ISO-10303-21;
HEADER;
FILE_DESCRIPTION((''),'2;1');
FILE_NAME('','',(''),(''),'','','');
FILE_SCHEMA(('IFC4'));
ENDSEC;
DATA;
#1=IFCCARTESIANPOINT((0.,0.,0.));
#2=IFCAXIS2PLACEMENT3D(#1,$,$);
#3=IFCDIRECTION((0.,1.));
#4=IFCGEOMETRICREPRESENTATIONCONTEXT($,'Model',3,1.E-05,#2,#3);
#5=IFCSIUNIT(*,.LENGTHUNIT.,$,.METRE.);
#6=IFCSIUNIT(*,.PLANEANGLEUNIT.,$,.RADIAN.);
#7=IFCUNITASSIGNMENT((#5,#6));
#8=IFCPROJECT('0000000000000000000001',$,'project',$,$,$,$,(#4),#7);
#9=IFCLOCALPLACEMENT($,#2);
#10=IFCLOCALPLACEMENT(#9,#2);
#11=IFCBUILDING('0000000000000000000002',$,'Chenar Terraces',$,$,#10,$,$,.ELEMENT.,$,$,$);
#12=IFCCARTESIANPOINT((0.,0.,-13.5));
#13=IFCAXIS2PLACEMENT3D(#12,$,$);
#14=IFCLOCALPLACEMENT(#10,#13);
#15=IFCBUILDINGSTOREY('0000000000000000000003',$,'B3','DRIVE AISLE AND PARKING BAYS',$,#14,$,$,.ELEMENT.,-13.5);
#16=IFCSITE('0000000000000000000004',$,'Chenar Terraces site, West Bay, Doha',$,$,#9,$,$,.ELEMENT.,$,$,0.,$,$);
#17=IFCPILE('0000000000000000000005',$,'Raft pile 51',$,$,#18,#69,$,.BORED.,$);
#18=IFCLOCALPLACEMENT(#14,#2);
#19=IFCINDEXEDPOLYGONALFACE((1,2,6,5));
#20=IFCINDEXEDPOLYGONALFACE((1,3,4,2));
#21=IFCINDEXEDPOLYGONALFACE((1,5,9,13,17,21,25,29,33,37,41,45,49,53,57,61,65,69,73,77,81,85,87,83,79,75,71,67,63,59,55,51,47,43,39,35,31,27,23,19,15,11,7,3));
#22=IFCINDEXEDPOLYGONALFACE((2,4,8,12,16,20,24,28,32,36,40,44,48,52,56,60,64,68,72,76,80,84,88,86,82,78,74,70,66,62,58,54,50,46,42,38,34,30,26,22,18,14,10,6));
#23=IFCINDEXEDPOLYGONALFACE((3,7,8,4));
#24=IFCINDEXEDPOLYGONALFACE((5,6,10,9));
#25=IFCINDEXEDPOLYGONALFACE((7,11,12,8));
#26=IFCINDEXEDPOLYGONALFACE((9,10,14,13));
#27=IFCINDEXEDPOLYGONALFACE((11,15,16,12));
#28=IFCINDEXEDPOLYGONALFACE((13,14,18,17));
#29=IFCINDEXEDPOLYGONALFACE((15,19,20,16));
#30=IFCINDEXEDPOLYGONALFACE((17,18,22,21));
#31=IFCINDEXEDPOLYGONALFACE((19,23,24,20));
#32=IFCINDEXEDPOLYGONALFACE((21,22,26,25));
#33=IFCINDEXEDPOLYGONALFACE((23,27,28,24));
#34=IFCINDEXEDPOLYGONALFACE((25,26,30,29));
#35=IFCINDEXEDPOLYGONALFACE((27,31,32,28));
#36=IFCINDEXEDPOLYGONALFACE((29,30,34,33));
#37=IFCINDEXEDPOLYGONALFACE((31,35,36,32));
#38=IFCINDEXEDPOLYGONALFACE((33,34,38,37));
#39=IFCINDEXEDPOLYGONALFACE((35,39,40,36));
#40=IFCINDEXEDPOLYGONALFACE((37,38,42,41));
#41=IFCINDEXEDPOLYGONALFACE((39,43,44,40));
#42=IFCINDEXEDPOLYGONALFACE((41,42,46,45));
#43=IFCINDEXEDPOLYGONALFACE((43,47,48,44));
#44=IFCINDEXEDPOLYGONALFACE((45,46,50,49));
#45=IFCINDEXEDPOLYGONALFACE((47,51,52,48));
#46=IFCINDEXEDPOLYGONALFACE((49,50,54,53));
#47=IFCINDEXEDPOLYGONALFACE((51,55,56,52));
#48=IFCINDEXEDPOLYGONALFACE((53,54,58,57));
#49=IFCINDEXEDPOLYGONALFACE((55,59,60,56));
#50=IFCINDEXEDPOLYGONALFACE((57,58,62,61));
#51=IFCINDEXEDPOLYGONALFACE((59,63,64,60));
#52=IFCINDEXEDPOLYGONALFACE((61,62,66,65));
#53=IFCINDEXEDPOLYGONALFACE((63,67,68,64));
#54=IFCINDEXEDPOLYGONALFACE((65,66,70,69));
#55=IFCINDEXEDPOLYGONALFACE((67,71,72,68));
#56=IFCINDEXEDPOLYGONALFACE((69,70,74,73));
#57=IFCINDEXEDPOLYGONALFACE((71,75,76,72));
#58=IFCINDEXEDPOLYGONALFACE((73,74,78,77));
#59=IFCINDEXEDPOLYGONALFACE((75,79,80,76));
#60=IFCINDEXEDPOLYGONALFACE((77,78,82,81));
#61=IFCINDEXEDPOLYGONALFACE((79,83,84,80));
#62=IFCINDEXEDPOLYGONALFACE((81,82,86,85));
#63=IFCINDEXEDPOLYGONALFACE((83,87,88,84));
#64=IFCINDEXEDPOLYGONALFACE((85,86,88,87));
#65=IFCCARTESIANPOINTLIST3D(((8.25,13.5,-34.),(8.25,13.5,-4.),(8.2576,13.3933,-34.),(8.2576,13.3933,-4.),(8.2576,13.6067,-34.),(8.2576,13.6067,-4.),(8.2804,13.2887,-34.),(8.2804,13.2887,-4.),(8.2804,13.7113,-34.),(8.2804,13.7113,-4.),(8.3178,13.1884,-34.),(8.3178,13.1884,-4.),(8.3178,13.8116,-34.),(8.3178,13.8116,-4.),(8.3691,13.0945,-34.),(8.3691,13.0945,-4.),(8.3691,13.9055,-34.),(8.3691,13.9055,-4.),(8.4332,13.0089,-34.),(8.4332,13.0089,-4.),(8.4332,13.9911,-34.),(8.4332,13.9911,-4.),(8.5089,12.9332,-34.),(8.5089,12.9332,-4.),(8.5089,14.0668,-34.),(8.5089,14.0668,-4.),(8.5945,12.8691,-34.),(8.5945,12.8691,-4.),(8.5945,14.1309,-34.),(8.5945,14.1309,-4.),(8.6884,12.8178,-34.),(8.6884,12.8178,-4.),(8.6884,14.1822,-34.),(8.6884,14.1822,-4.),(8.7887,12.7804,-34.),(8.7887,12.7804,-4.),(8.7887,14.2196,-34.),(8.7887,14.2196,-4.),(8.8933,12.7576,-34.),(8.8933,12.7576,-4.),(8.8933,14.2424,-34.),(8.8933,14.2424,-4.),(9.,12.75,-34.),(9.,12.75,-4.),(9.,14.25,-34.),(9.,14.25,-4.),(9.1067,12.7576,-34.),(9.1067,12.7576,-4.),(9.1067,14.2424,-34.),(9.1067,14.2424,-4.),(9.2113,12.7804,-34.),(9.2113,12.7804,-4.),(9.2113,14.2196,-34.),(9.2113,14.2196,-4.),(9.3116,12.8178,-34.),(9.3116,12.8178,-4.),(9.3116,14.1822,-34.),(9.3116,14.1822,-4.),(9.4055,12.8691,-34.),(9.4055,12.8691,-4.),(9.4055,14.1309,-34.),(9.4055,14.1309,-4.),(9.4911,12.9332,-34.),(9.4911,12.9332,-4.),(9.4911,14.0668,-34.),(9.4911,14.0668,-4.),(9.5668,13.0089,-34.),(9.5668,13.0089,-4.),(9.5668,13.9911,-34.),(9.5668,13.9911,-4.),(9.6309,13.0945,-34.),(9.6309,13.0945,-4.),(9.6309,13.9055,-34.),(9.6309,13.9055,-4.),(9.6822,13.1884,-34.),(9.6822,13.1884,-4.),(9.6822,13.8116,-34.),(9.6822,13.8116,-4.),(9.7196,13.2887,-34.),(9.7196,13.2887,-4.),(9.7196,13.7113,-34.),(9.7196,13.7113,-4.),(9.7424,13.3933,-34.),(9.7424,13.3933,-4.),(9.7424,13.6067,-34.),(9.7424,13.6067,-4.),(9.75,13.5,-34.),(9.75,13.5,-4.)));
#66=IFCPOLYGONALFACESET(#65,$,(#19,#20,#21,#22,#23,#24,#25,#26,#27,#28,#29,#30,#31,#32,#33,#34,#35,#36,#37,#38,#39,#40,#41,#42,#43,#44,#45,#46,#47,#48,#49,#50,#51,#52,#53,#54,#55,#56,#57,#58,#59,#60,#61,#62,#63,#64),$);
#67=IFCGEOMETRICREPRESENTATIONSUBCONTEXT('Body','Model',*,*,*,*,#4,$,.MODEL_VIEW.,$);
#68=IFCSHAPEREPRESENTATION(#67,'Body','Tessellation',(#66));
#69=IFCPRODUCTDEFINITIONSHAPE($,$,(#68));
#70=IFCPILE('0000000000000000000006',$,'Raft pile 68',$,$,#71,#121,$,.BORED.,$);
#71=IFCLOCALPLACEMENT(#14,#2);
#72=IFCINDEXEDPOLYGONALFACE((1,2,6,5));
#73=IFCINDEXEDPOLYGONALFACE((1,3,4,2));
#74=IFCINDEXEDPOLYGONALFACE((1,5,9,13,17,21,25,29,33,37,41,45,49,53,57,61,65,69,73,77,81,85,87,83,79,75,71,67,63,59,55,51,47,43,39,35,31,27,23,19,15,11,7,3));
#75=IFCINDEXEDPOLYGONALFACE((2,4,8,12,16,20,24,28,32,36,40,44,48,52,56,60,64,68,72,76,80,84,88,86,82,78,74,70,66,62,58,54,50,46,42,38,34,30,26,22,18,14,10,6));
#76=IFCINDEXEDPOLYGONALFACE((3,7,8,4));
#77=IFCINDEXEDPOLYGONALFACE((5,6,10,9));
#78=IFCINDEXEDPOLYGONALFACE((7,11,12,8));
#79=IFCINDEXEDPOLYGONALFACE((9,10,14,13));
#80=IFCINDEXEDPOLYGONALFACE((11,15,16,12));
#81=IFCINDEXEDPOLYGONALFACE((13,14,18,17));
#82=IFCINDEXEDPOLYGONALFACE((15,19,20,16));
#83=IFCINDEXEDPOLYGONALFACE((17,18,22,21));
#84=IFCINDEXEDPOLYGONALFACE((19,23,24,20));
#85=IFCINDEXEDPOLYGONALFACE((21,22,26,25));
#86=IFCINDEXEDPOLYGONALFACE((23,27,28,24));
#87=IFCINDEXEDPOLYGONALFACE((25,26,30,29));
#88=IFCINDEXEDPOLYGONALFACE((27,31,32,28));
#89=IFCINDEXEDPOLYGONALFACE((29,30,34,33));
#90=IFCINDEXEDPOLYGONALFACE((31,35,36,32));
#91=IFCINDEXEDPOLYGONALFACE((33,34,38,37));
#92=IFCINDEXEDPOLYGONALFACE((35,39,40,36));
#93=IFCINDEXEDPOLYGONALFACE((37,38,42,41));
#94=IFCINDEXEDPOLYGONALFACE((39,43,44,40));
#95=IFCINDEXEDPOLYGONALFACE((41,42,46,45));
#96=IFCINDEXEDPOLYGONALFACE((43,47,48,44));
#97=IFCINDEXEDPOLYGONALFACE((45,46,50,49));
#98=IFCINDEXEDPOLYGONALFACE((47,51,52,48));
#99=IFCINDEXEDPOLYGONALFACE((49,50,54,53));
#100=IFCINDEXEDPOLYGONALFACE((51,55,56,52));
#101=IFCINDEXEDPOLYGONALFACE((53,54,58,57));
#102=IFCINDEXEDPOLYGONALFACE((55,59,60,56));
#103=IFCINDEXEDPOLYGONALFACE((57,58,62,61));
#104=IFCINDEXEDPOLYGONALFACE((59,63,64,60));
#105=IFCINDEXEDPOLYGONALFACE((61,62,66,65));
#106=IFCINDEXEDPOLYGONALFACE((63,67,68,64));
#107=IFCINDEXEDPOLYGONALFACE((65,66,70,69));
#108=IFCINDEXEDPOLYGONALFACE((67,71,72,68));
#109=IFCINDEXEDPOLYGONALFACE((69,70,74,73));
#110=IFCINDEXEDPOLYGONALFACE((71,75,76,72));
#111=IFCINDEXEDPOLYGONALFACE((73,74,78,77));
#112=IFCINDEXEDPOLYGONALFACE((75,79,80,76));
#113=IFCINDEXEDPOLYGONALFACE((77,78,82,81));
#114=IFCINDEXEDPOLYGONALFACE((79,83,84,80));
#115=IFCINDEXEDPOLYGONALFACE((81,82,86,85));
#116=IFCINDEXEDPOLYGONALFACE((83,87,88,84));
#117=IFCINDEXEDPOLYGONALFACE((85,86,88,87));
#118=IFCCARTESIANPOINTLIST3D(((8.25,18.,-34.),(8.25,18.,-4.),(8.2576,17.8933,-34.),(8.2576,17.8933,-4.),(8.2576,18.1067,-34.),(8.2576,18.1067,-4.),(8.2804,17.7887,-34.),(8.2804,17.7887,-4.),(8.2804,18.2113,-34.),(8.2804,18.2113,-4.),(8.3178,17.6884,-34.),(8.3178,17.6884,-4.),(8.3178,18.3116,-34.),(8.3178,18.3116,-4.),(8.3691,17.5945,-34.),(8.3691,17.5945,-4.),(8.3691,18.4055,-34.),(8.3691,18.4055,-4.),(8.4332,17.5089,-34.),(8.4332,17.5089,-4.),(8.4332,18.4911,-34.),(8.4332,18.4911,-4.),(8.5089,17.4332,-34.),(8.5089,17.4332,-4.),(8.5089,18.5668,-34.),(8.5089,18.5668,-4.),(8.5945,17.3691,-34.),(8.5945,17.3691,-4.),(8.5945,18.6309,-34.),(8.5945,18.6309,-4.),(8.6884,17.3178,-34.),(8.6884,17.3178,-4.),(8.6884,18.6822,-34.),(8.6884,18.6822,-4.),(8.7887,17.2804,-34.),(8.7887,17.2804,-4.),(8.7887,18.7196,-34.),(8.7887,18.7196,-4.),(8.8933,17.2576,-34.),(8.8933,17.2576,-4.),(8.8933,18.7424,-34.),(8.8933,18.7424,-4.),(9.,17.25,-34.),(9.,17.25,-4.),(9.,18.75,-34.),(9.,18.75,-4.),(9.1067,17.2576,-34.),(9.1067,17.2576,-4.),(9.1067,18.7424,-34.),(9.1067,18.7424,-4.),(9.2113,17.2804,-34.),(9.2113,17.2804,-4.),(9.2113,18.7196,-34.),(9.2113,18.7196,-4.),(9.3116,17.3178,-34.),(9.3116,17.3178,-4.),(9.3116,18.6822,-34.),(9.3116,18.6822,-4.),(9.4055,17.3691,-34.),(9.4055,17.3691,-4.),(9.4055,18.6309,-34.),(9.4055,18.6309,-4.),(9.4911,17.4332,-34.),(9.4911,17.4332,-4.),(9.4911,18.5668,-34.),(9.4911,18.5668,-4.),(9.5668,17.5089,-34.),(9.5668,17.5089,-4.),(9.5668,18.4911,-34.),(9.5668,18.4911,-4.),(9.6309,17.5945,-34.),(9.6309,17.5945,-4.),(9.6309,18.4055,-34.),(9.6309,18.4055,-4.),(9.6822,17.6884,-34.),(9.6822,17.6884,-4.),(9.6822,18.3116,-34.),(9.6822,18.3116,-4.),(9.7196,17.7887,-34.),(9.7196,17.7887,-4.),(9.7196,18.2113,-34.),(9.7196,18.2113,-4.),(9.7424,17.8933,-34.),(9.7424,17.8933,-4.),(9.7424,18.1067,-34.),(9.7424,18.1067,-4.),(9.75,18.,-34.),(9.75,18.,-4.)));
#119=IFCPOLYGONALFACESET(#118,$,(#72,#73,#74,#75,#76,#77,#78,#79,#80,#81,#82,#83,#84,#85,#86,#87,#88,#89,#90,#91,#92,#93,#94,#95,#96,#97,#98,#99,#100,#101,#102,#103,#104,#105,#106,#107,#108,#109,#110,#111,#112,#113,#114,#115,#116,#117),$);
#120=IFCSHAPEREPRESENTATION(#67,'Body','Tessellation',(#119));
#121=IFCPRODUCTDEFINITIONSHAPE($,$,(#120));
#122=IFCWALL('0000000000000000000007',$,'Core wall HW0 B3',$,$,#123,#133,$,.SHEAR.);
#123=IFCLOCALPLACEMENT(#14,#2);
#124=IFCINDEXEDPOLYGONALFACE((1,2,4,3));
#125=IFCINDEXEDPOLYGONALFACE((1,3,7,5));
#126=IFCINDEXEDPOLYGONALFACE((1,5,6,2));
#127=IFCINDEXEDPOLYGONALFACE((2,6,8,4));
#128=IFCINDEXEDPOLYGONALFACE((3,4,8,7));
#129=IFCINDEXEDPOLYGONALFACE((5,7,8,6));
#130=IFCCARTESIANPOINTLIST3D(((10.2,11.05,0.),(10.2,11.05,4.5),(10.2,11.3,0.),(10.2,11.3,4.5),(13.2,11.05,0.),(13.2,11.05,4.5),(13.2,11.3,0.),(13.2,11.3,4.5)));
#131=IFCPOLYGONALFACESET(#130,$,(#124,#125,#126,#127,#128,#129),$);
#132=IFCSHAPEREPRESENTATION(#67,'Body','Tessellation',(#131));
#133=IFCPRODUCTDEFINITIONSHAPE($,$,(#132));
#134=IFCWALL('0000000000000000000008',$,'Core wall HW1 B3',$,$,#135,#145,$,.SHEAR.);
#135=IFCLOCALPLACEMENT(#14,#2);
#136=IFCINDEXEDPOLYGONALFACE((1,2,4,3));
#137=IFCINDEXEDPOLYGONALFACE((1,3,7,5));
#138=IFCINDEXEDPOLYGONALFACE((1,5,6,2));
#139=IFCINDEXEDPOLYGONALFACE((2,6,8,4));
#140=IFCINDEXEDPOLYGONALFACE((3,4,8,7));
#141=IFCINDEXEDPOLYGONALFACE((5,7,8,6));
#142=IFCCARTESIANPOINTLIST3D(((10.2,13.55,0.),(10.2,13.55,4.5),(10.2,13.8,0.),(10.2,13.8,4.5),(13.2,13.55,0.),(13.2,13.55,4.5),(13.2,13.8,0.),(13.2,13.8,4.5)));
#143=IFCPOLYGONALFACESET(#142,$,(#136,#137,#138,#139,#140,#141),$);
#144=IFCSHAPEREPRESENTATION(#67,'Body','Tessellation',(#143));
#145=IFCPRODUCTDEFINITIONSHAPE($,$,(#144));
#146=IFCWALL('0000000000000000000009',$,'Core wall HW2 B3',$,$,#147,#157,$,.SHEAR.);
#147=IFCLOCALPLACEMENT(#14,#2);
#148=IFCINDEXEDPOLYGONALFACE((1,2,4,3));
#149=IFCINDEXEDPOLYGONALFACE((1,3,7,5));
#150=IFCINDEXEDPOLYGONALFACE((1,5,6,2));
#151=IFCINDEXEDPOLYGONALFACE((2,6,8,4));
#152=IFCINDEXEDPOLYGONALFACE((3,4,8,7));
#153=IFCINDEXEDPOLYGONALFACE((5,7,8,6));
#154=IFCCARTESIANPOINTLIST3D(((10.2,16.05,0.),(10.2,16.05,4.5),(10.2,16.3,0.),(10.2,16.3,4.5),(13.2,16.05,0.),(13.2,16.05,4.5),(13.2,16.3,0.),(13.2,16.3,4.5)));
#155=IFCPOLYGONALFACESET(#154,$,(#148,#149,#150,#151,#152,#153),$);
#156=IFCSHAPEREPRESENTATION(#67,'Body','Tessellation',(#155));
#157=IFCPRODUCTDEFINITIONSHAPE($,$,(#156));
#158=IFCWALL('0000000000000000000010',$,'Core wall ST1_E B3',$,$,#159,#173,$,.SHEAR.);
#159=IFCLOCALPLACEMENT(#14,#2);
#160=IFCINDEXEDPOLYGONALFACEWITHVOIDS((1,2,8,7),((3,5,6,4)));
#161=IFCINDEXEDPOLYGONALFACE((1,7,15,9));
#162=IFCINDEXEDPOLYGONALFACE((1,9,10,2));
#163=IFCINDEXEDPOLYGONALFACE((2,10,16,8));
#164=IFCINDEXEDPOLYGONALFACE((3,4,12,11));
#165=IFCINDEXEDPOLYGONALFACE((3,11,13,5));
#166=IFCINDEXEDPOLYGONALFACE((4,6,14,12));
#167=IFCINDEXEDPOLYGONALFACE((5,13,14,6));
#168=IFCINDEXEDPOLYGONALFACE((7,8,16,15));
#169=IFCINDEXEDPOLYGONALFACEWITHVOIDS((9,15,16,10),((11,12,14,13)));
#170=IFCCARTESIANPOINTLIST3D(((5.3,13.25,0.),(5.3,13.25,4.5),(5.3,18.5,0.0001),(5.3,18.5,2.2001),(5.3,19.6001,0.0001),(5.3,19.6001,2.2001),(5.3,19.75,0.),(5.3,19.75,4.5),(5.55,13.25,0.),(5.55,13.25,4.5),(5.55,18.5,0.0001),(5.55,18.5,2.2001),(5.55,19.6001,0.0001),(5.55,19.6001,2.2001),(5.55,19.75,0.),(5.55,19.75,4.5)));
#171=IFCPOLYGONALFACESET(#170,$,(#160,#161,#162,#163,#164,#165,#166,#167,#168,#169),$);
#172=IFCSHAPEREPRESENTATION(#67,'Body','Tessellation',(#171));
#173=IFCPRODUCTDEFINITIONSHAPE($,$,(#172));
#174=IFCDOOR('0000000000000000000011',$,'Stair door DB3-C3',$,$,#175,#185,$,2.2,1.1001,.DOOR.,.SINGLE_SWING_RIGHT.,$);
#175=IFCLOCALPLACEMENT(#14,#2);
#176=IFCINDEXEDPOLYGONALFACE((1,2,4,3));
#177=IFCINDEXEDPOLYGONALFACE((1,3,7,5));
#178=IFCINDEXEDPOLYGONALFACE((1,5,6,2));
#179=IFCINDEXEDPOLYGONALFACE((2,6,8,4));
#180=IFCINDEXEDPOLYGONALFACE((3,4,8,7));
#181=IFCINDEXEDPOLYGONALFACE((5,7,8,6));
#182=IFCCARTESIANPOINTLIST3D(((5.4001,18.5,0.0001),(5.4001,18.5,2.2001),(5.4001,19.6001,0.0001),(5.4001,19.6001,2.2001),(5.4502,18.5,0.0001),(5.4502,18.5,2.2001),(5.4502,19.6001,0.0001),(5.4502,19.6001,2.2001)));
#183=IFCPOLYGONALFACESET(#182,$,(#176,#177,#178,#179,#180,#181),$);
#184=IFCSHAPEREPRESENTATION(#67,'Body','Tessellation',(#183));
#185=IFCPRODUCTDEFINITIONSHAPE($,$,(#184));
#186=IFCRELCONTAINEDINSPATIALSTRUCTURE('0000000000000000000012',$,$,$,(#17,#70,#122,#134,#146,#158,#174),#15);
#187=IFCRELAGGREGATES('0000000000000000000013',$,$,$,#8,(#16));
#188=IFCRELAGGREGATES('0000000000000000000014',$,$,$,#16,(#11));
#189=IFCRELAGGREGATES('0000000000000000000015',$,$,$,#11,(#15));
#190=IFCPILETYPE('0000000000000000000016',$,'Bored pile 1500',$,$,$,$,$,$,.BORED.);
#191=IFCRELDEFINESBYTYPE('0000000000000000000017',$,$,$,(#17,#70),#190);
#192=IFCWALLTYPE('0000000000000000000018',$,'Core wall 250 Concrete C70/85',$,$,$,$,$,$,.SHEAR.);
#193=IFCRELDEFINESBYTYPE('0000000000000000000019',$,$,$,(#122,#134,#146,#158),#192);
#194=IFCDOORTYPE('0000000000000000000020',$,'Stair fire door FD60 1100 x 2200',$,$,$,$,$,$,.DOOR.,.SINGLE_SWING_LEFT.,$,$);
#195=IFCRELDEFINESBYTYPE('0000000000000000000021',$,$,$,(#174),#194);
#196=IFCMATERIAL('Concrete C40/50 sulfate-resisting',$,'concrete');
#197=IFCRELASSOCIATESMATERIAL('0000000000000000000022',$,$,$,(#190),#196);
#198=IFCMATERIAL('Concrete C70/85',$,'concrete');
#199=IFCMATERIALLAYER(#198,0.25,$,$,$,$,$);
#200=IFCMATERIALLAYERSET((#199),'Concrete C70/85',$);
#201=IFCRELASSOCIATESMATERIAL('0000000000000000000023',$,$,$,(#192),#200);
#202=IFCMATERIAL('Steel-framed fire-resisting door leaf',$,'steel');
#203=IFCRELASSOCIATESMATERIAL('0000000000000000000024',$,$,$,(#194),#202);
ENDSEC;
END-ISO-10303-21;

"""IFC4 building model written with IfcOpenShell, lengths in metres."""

from ifc_helpers import new_model, si_unit, direction, frame, frame_2d, origin, origin_2d, place, context, subcontext, project, spatial, rectangle, circle, extrude, material, layer, layer_set, material_profile, profile_set, type_object, element, fill, save


model = new_model("IFC4")

# Units and contexts
model_context = context("Model", 3, precision=1e-05, world=origin(), true_north=direction((0.0, 1.0)))
body_context = subcontext(model_context, "Body", "Model", "MODEL_VIEW")
ifc_project = project(units=[si_unit("LENGTHUNIT", "METRE"), si_unit("PLANEANGLEUNIT", "RADIAN")], contexts=[model_context])

# Site, building, storey
site_placement = place(None, origin())
site = spatial("IfcSite", under=ifc_project, at=site_placement, Name="Chenar Terraces site, West Bay, Doha", CompositionType="ELEMENT", RefElevation=0.0)
building_placement = place(site_placement, origin())
building = spatial("IfcBuilding", under=site, at=building_placement, Name="Chenar Terraces", CompositionType="ELEMENT")
storey_placement = place(building_placement, frame((0.0, 0.0, -13.5)))
storey = spatial("IfcBuildingStorey", under=building, at=storey_placement, Name="B3", Description="DRIVE AISLE AND PARKING BAYS", CompositionType="ELEMENT", Elevation=-13.5)

# Piles
ifc_material_1 = material(Name="Concrete C40/50 sulfate-resisting", Category="concrete")
ifc_material_profile = material_profile(ifc_material_1, circle(Radius=0.75, at=origin_2d()), Name="BP 1500")
ifc_profile_set = profile_set([ifc_material_profile], Name="Concrete C40/50 sulfate-resisting")
pile_type = type_object("IfcPileType", Name="Bored pile 1500", PredefinedType="BORED", material=ifc_profile_set)
for number, where, z_axis, x_axis, name in (
    (1, (9.0, 13.5, -4.0), (0.0, 0.0, -1.0), (1.0, 0.0, 0.0), "Raft pile 51"),
    (2, (9.0, 18.0, -4.0), (0.0, 0.0, -1.0), (1.0, 0.0, 0.0), "Raft pile 68"),
):
    element("IfcPile", number, at=place(storey_placement, frame(where, z_axis=z_axis, x_axis=x_axis)), inside=storey, type_object=pile_type, Name=name, PredefinedType="BORED", context=body_context, shape_type="SweptSolid", body=[
        extrude(circle(Radius=0.75, at=origin_2d()), origin(), (0.0, 0.0, 1.0), 30.0),
    ])

# Walls
ifc_material_2 = material(Name="Concrete C70/85", Category="concrete")
ifc_layer_1 = layer(ifc_material_2, 0.25)
ifc_layer_set_1 = layer_set([ifc_layer_1], Name="Concrete C70/85")
wall_type_1 = type_object("IfcWallType", Name="Core wall 250 Concrete C70/85", PredefinedType="SHEAR", material=ifc_layer_set_1)
for number, where, z_axis, x_axis, name in (
    (3, (10.2, 11.175, 0.0), (0.0, 0.0, 1.0), (1.0, 0.0, 0.0), "Core wall HW0 B3"),
    (4, (10.2, 13.675, 0.0), (0.0, 0.0, 1.0), (1.0, 0.0, 0.0), "Core wall HW1 B3"),
    (5, (10.2, 16.175, 0.0), (0.0, 0.0, 1.0), (1.0, 0.0, 0.0), "Core wall HW2 B3"),
):
    element("IfcWall", number, at=place(storey_placement, frame(where, z_axis=z_axis, x_axis=x_axis)), inside=storey, type_object=wall_type_1, Name=name, PredefinedType="SHEAR", context=body_context, shape_type="SweptSolid", body=[
        extrude(rectangle(XDim=3.0, YDim=0.25, at=frame_2d((1.5, 0.0))), origin(), (0.0, 0.0, 1.0), 4.5),
    ])

# Wall, opening, door
wall_1_placement = place(storey_placement, frame((5.425, 13.25, 0.0), z_axis=(0.0, 0.0, 1.0), x_axis=(0.0, 1.0, 0.0)))
wall_1 = element("IfcWall", 6, at=wall_1_placement, inside=storey, type_object=wall_type_1, Name="Core wall ST1_E B3", PredefinedType="SHEAR", context=body_context, shape_type="SweptSolid", body=[
    extrude(rectangle(XDim=6.5, YDim=0.25, at=frame_2d((3.25, 0.0))), origin(), (0.0, 0.0, 1.0), 4.5),
])
opening_1_placement = place(wall_1_placement, frame((5.25, 0.0, 0.0)))
opening_1 = element("IfcOpeningElement", 7, at=opening_1_placement, cuts=wall_1, PredefinedType="OPENING", context=body_context, shape_type="SweptSolid", body=[
    extrude(rectangle(XDim=1.1001, YDim=2.2, at=frame_2d((0.55, 1.1001))), frame((0.0, 0.135, 0.0), z_axis=(0.0, -1.0, 0.0), x_axis=(1.0, 0.0, 0.0)), (0.0, 0.0, 1.0), 0.27),
])
ifc_material_3 = material(Name="Steel-framed fire-resisting door leaf", Category="steel")
door_type_1 = type_object("IfcDoorType", Name="Stair fire door FD60 1100 x 2200", OperationType="SINGLE_SWING_LEFT", PredefinedType="DOOR", material=ifc_material_3)
door_1_placement = place(opening_1_placement, origin())
door_1 = element("IfcDoor", 8, at=door_1_placement, inside=storey, type_object=door_type_1, Name="Stair door DB3-C3", OperationType="SINGLE_SWING_RIGHT", OverallHeight=2.2, OverallWidth=1.1001, PredefinedType="DOOR", context=body_context, shape_type="SweptSolid", body=[
    extrude(rectangle(XDim=1.1001, YDim=2.2, at=frame_2d((0.55, 1.1001))), frame((0.0, 0.0249, 0.0), z_axis=(0.0, -1.0, 0.0), x_axis=(1.0, 0.0, 0.0)), (0.0, 0.0, 1.0), 0.05),
])
fill(opening_1, door_1)

save(model, "model.ifc")
